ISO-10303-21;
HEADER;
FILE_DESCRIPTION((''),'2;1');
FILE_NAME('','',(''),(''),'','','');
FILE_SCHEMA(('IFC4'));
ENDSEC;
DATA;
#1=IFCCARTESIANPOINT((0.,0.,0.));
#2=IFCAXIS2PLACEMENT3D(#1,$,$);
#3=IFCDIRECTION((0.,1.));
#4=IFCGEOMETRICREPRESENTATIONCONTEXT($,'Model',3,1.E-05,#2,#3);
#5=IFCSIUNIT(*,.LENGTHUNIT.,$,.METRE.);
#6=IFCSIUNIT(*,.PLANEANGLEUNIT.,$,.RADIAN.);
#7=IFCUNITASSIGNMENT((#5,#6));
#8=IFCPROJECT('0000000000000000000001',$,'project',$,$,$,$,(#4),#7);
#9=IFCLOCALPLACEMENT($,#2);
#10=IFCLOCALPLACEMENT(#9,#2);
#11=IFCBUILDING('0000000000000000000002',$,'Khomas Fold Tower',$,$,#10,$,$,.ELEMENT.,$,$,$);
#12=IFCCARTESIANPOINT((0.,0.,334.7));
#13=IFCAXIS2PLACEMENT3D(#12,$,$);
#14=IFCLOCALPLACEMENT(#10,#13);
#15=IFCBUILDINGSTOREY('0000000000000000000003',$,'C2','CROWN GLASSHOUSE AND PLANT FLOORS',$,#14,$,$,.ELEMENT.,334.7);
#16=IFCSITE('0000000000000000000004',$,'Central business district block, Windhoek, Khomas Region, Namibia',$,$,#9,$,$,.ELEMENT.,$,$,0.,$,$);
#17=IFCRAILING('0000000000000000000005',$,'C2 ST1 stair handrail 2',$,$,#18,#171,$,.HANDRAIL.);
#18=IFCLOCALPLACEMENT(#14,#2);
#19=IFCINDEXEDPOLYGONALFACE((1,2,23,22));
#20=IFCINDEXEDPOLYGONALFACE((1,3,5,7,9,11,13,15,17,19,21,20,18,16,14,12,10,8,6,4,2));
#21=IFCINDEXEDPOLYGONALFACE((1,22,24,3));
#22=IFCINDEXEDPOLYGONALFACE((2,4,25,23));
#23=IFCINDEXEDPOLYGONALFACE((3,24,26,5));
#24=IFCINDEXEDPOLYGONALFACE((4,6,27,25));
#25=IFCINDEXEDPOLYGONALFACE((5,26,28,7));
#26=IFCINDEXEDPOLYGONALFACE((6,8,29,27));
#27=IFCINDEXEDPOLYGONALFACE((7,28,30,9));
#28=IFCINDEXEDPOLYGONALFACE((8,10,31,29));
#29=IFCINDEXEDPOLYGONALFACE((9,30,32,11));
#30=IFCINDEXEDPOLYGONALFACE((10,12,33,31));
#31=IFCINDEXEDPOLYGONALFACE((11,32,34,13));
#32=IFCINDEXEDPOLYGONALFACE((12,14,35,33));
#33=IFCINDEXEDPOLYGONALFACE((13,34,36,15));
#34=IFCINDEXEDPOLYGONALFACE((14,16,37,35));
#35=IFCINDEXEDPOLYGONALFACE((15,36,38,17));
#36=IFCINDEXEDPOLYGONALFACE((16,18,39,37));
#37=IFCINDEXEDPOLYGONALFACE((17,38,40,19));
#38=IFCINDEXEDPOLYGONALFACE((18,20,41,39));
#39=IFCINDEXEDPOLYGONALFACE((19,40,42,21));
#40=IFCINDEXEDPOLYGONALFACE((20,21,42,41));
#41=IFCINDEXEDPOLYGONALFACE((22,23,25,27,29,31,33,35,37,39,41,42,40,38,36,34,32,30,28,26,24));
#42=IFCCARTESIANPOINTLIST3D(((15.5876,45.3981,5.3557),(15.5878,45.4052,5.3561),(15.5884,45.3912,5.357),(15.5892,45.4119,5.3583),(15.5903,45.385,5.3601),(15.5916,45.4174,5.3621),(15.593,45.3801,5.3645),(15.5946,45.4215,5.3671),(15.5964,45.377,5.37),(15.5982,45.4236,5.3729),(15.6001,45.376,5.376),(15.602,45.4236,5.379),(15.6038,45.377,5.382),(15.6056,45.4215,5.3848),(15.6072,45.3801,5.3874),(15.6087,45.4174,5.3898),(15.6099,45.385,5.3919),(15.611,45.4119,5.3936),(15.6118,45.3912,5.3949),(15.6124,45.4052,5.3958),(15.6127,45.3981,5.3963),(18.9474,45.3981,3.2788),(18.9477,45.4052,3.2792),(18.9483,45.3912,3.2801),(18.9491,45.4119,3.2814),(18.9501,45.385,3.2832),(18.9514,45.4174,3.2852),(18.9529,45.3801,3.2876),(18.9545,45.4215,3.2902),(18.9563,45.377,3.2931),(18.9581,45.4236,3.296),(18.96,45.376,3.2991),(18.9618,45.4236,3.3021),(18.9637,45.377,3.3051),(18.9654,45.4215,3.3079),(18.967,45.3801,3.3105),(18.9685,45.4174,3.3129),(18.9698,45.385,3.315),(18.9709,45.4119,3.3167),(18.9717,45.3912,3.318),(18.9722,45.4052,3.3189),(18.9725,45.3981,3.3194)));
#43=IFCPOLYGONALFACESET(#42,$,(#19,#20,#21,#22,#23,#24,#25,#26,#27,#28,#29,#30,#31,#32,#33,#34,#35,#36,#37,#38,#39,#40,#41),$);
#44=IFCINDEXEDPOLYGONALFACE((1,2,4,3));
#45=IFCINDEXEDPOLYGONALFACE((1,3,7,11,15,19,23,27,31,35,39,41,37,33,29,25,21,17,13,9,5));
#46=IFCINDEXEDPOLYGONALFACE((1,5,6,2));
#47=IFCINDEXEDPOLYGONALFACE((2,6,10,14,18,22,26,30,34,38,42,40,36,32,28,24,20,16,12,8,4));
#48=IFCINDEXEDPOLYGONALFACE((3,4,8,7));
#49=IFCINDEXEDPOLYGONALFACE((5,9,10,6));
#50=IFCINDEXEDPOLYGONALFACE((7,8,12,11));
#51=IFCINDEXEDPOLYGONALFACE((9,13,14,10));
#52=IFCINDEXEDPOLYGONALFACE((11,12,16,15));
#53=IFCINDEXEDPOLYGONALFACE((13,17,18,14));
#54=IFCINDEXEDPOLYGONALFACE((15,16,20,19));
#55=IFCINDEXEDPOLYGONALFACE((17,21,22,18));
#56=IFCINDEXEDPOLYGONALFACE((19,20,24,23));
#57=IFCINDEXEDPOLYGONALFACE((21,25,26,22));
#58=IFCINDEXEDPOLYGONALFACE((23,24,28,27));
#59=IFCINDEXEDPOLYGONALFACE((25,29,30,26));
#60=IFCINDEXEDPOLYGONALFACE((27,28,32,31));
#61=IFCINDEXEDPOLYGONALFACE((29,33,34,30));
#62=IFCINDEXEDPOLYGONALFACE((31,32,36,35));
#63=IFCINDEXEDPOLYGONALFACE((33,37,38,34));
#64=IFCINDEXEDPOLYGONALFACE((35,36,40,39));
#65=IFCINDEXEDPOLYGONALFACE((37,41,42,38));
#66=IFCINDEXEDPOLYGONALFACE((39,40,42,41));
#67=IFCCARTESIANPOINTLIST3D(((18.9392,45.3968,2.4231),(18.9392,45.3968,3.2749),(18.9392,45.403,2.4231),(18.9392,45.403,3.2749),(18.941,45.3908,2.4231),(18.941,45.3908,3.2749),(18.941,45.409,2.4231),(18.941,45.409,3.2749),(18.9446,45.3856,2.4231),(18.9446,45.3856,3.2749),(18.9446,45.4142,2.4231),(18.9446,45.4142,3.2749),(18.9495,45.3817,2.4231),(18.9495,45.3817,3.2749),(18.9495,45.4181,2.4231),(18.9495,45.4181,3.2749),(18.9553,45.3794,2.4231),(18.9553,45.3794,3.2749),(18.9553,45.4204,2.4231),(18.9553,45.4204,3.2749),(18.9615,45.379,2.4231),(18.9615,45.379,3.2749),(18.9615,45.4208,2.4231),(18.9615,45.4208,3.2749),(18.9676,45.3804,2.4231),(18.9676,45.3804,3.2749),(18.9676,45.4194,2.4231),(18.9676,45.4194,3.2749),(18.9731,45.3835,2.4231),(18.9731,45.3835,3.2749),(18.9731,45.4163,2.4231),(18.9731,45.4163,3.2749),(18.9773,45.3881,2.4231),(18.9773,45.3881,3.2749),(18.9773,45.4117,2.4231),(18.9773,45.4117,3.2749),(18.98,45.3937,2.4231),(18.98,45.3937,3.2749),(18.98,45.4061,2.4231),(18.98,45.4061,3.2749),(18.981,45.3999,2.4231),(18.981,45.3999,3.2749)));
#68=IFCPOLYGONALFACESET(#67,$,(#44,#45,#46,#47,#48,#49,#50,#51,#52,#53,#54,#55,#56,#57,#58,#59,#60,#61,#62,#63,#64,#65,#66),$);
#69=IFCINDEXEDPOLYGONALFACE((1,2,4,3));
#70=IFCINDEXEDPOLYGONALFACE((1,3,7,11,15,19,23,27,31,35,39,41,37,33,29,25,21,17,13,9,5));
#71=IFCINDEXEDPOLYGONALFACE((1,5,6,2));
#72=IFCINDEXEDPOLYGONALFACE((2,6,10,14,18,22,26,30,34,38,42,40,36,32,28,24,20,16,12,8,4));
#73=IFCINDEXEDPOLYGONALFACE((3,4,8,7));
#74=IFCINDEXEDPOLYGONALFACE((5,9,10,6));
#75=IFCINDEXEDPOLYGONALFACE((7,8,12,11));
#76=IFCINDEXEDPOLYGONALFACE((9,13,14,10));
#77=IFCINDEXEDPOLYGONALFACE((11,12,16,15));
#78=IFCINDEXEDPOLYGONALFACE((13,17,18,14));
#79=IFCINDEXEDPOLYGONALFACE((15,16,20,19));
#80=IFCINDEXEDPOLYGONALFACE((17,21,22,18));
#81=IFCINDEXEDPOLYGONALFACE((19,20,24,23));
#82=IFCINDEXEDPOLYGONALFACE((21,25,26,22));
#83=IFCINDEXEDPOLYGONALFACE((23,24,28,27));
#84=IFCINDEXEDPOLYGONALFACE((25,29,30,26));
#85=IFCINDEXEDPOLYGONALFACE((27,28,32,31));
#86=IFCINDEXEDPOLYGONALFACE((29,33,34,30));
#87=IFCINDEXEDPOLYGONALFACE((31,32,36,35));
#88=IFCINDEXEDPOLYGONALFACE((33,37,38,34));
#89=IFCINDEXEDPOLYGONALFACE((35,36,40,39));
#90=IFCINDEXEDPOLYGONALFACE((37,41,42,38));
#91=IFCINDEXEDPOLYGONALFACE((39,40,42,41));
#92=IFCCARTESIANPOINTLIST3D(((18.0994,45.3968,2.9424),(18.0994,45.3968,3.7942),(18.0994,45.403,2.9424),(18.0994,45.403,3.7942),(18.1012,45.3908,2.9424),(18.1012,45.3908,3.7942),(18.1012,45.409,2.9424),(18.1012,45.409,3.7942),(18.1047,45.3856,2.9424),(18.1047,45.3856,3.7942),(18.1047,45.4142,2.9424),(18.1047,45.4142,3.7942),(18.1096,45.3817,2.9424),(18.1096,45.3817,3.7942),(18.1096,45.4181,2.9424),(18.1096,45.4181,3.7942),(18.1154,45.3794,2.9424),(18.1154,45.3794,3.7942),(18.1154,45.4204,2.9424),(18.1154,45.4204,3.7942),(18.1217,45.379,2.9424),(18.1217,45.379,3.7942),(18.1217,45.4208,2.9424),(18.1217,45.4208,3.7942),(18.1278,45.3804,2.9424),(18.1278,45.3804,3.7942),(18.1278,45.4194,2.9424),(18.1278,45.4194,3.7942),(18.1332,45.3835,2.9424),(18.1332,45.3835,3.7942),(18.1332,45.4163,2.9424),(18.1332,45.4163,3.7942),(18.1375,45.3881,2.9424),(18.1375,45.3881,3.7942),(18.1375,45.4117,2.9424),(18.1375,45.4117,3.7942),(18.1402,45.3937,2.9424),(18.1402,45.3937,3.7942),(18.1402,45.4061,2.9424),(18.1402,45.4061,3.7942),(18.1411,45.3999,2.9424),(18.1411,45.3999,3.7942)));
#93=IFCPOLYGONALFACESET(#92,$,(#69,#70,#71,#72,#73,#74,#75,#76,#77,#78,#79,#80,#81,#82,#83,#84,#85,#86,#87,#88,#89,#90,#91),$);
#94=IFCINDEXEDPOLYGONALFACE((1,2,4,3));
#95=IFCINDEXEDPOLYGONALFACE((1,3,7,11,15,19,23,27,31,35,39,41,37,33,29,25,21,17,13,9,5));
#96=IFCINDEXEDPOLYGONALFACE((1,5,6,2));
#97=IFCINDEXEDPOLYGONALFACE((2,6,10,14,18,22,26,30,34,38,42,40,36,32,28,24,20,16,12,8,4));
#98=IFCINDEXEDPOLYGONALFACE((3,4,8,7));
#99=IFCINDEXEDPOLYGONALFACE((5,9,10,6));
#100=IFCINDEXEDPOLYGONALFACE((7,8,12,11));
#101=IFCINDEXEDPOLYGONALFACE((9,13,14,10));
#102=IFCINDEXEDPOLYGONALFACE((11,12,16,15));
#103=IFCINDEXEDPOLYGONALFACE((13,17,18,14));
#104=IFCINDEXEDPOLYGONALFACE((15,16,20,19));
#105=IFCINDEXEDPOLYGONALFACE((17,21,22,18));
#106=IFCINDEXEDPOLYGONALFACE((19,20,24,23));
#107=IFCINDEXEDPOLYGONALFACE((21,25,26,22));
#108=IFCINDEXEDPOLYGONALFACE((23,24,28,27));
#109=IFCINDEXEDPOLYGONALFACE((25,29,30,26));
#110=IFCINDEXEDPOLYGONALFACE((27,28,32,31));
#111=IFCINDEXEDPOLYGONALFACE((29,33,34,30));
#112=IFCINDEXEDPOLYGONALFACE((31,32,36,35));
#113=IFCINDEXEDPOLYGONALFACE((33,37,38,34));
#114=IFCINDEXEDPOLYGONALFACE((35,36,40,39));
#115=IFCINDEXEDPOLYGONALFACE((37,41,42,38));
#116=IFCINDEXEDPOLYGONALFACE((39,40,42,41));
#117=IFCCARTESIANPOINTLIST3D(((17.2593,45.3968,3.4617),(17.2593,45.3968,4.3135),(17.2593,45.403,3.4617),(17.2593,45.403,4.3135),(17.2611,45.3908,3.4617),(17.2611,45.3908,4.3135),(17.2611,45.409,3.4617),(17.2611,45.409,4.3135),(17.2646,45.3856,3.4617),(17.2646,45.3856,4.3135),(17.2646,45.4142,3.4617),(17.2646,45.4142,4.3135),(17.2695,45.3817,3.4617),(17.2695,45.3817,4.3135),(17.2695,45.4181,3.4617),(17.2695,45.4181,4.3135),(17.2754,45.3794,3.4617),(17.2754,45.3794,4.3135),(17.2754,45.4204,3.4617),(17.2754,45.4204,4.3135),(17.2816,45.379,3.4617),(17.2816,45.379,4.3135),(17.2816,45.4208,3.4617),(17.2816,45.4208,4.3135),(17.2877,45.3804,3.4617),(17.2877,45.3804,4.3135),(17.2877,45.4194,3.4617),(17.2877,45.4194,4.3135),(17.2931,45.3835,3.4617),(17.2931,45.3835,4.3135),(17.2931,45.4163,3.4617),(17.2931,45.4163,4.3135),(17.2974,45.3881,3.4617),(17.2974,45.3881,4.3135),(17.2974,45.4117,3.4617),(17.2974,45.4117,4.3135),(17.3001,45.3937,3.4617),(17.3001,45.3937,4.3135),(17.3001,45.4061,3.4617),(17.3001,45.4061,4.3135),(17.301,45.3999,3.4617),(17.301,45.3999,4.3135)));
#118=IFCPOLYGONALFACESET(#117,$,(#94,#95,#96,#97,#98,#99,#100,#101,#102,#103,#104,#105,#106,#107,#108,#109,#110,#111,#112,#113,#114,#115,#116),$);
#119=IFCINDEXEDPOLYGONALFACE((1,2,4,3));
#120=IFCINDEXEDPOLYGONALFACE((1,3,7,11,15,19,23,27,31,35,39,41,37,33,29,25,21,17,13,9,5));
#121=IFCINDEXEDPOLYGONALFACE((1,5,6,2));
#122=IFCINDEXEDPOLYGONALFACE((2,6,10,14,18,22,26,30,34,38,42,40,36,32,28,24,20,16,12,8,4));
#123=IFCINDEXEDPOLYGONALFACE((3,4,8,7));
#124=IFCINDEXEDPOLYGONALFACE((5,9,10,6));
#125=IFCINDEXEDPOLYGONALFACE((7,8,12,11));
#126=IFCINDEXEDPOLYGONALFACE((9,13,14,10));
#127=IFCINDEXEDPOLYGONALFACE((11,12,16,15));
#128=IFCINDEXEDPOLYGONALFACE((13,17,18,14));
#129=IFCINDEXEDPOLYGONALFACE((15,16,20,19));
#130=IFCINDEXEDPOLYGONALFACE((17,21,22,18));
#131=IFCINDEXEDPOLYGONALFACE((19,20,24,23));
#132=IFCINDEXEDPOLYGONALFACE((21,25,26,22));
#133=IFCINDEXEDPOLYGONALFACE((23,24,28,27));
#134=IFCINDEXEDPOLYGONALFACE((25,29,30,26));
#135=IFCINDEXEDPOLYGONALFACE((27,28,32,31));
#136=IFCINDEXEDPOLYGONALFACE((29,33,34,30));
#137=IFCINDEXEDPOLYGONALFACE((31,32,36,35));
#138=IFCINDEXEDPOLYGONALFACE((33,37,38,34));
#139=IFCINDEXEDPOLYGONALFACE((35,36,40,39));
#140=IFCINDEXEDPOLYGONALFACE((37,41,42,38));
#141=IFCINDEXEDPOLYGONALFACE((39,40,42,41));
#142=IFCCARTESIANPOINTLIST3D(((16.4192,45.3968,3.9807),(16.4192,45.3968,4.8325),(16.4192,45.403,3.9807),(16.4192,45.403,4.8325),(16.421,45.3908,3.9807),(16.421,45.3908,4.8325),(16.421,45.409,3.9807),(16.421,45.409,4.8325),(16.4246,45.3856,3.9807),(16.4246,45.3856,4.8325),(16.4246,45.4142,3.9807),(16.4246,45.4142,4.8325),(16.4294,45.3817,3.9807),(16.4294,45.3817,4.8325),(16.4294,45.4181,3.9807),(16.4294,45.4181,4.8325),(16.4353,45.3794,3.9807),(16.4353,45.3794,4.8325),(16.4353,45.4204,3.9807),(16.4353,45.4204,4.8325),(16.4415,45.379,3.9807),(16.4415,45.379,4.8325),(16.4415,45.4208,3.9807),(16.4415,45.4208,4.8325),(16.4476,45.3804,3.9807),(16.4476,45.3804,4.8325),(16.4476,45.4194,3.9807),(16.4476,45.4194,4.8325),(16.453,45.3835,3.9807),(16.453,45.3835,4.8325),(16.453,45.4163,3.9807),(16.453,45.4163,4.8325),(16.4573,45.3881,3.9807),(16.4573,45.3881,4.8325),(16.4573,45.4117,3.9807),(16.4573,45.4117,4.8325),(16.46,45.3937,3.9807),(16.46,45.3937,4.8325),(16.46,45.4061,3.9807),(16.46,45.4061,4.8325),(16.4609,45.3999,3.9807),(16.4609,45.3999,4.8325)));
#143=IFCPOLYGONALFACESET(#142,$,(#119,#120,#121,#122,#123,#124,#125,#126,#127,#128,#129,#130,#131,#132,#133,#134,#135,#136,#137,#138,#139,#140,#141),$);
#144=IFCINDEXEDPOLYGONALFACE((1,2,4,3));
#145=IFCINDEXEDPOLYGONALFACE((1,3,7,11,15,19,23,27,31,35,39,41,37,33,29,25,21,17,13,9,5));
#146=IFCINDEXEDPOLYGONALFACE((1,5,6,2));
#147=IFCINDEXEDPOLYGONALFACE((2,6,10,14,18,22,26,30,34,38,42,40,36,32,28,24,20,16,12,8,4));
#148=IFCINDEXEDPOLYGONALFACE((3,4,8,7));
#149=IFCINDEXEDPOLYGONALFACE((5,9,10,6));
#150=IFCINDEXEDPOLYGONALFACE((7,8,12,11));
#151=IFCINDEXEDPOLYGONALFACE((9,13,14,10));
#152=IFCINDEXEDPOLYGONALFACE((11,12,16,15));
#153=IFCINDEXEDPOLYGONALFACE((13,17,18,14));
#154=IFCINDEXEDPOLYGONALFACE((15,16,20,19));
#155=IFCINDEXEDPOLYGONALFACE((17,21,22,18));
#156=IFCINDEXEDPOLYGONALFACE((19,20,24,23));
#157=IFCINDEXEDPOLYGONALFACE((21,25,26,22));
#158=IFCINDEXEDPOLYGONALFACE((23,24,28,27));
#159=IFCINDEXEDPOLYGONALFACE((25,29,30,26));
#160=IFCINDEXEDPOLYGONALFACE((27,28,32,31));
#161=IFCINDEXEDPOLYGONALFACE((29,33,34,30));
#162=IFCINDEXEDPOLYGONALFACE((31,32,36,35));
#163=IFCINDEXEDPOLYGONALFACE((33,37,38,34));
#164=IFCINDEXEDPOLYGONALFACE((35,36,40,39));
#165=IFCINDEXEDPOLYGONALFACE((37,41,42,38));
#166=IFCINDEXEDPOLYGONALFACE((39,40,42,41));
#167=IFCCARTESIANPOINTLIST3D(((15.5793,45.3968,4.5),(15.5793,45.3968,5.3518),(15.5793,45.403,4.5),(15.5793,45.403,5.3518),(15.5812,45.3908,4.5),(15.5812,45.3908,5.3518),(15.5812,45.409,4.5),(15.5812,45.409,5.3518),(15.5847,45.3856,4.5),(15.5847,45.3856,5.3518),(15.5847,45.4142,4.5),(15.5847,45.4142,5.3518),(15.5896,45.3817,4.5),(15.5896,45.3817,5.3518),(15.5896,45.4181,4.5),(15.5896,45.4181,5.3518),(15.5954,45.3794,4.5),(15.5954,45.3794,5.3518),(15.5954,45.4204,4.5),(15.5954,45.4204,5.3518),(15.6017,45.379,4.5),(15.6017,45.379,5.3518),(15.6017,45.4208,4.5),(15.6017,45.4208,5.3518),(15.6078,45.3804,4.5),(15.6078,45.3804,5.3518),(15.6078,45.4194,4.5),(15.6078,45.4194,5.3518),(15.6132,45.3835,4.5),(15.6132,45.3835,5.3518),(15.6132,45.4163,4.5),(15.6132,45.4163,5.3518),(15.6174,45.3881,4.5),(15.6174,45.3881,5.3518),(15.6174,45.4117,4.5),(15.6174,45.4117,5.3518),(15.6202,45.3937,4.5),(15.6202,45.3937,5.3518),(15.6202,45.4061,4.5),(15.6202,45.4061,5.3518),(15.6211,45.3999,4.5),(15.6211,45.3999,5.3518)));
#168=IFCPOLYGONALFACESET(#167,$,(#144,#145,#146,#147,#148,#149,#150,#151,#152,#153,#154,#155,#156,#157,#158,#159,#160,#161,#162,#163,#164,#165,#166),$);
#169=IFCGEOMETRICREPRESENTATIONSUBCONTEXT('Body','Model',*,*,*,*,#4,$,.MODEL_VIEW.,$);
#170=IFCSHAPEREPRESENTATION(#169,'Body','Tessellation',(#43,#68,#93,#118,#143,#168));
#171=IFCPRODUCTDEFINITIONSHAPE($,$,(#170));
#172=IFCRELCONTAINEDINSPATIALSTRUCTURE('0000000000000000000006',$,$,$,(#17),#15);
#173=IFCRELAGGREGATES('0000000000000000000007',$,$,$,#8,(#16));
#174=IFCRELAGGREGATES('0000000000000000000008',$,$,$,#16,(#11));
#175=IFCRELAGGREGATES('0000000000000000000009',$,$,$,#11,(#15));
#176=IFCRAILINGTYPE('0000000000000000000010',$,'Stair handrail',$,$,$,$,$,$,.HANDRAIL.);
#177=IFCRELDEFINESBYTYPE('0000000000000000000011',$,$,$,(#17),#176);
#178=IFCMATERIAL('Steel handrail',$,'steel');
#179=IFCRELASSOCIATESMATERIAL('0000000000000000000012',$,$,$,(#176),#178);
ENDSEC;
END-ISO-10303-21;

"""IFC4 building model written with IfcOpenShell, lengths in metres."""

from ifc_helpers import new_model, si_unit, direction, frame, origin, origin_2d, place, context, subcontext, project, spatial, circle, extrude, source, transform, mapped, material, type_object, element, save


model = new_model("IFC4")

# Units and contexts
model_context = context("Model", 3, precision=1e-05, world=origin(), true_north=direction((0.0, 1.0)))
body_context = subcontext(model_context, "Body", "Model", "MODEL_VIEW")
ifc_project = project(units=[si_unit("LENGTHUNIT", "METRE"), si_unit("PLANEANGLEUNIT", "RADIAN")], contexts=[model_context])

# Site, building, storey
site_placement = place(None, origin())
site = spatial("IfcSite", under=ifc_project, at=site_placement, Name="Central business district block, Windhoek, Khomas Region, Namibia", CompositionType="ELEMENT", RefElevation=0.0)
building_placement = place(site_placement, origin())
building = spatial("IfcBuilding", under=site, at=building_placement, Name="Khomas Fold Tower", CompositionType="ELEMENT")
storey_placement = place(building_placement, frame((0.0, 0.0, 334.7)))
storey = spatial("IfcBuildingStorey", under=building, at=storey_placement, Name="C2", Description="CROWN GLASSHOUSE AND PLANT FLOORS", CompositionType="ELEMENT", Elevation=334.7)

# Railing
ifc_material_1 = material(Name="Steel handrail", Category="steel")
railing_type_1 = type_object("IfcRailingType", Name="Stair handrail", PredefinedType="HANDRAIL", material=ifc_material_1)
shared_shape_1 = source(origin(), body_context, "Body", "SweptSolid", [
    extrude(circle(Radius=0.0239, at=origin_2d()), frame((0.0, 0.0, 0.876), z_axis=(-0.850606, 0.0, 0.525803), x_axis=(0.0, -1.0, 0.0)), (0.0, 0.0, 1.0), 3.95),
    extrude(circle(Radius=0.021, at=origin_2d()), origin(), (0.0, 0.0, 1.0), 0.8518),
    extrude(circle(Radius=0.021, at=origin_2d()), frame((-0.8398, 0.0, 0.5193)), (0.0, 0.0, 1.0), 0.8518),
    extrude(circle(Radius=0.021, at=origin_2d()), frame((-1.6799, 0.0, 1.0386)), (0.0, 0.0, 1.0), 0.8518),
    extrude(circle(Radius=0.021, at=origin_2d()), frame((-2.52, 0.0, 1.5576)), (0.0, 0.0, 1.0), 0.8518),
    extrude(circle(Radius=0.021, at=origin_2d()), frame((-3.3599, 0.0, 2.0769)), (0.0, 0.0, 1.0), 0.8518),
])
railing_1_placement = place(storey_placement, frame((18.96, 45.3999, 2.4231)))
element("IfcRailing", 1, at=railing_1_placement, inside=storey, type_object=railing_type_1, Name="C2 ST1 stair handrail 2", PredefinedType="HANDRAIL", context=body_context, shape_type="MappedRepresentation", body=[
    mapped(shared_shape_1, transform((0.0, 0.0, 0.0))),
])

save(model, "model.ifc")
